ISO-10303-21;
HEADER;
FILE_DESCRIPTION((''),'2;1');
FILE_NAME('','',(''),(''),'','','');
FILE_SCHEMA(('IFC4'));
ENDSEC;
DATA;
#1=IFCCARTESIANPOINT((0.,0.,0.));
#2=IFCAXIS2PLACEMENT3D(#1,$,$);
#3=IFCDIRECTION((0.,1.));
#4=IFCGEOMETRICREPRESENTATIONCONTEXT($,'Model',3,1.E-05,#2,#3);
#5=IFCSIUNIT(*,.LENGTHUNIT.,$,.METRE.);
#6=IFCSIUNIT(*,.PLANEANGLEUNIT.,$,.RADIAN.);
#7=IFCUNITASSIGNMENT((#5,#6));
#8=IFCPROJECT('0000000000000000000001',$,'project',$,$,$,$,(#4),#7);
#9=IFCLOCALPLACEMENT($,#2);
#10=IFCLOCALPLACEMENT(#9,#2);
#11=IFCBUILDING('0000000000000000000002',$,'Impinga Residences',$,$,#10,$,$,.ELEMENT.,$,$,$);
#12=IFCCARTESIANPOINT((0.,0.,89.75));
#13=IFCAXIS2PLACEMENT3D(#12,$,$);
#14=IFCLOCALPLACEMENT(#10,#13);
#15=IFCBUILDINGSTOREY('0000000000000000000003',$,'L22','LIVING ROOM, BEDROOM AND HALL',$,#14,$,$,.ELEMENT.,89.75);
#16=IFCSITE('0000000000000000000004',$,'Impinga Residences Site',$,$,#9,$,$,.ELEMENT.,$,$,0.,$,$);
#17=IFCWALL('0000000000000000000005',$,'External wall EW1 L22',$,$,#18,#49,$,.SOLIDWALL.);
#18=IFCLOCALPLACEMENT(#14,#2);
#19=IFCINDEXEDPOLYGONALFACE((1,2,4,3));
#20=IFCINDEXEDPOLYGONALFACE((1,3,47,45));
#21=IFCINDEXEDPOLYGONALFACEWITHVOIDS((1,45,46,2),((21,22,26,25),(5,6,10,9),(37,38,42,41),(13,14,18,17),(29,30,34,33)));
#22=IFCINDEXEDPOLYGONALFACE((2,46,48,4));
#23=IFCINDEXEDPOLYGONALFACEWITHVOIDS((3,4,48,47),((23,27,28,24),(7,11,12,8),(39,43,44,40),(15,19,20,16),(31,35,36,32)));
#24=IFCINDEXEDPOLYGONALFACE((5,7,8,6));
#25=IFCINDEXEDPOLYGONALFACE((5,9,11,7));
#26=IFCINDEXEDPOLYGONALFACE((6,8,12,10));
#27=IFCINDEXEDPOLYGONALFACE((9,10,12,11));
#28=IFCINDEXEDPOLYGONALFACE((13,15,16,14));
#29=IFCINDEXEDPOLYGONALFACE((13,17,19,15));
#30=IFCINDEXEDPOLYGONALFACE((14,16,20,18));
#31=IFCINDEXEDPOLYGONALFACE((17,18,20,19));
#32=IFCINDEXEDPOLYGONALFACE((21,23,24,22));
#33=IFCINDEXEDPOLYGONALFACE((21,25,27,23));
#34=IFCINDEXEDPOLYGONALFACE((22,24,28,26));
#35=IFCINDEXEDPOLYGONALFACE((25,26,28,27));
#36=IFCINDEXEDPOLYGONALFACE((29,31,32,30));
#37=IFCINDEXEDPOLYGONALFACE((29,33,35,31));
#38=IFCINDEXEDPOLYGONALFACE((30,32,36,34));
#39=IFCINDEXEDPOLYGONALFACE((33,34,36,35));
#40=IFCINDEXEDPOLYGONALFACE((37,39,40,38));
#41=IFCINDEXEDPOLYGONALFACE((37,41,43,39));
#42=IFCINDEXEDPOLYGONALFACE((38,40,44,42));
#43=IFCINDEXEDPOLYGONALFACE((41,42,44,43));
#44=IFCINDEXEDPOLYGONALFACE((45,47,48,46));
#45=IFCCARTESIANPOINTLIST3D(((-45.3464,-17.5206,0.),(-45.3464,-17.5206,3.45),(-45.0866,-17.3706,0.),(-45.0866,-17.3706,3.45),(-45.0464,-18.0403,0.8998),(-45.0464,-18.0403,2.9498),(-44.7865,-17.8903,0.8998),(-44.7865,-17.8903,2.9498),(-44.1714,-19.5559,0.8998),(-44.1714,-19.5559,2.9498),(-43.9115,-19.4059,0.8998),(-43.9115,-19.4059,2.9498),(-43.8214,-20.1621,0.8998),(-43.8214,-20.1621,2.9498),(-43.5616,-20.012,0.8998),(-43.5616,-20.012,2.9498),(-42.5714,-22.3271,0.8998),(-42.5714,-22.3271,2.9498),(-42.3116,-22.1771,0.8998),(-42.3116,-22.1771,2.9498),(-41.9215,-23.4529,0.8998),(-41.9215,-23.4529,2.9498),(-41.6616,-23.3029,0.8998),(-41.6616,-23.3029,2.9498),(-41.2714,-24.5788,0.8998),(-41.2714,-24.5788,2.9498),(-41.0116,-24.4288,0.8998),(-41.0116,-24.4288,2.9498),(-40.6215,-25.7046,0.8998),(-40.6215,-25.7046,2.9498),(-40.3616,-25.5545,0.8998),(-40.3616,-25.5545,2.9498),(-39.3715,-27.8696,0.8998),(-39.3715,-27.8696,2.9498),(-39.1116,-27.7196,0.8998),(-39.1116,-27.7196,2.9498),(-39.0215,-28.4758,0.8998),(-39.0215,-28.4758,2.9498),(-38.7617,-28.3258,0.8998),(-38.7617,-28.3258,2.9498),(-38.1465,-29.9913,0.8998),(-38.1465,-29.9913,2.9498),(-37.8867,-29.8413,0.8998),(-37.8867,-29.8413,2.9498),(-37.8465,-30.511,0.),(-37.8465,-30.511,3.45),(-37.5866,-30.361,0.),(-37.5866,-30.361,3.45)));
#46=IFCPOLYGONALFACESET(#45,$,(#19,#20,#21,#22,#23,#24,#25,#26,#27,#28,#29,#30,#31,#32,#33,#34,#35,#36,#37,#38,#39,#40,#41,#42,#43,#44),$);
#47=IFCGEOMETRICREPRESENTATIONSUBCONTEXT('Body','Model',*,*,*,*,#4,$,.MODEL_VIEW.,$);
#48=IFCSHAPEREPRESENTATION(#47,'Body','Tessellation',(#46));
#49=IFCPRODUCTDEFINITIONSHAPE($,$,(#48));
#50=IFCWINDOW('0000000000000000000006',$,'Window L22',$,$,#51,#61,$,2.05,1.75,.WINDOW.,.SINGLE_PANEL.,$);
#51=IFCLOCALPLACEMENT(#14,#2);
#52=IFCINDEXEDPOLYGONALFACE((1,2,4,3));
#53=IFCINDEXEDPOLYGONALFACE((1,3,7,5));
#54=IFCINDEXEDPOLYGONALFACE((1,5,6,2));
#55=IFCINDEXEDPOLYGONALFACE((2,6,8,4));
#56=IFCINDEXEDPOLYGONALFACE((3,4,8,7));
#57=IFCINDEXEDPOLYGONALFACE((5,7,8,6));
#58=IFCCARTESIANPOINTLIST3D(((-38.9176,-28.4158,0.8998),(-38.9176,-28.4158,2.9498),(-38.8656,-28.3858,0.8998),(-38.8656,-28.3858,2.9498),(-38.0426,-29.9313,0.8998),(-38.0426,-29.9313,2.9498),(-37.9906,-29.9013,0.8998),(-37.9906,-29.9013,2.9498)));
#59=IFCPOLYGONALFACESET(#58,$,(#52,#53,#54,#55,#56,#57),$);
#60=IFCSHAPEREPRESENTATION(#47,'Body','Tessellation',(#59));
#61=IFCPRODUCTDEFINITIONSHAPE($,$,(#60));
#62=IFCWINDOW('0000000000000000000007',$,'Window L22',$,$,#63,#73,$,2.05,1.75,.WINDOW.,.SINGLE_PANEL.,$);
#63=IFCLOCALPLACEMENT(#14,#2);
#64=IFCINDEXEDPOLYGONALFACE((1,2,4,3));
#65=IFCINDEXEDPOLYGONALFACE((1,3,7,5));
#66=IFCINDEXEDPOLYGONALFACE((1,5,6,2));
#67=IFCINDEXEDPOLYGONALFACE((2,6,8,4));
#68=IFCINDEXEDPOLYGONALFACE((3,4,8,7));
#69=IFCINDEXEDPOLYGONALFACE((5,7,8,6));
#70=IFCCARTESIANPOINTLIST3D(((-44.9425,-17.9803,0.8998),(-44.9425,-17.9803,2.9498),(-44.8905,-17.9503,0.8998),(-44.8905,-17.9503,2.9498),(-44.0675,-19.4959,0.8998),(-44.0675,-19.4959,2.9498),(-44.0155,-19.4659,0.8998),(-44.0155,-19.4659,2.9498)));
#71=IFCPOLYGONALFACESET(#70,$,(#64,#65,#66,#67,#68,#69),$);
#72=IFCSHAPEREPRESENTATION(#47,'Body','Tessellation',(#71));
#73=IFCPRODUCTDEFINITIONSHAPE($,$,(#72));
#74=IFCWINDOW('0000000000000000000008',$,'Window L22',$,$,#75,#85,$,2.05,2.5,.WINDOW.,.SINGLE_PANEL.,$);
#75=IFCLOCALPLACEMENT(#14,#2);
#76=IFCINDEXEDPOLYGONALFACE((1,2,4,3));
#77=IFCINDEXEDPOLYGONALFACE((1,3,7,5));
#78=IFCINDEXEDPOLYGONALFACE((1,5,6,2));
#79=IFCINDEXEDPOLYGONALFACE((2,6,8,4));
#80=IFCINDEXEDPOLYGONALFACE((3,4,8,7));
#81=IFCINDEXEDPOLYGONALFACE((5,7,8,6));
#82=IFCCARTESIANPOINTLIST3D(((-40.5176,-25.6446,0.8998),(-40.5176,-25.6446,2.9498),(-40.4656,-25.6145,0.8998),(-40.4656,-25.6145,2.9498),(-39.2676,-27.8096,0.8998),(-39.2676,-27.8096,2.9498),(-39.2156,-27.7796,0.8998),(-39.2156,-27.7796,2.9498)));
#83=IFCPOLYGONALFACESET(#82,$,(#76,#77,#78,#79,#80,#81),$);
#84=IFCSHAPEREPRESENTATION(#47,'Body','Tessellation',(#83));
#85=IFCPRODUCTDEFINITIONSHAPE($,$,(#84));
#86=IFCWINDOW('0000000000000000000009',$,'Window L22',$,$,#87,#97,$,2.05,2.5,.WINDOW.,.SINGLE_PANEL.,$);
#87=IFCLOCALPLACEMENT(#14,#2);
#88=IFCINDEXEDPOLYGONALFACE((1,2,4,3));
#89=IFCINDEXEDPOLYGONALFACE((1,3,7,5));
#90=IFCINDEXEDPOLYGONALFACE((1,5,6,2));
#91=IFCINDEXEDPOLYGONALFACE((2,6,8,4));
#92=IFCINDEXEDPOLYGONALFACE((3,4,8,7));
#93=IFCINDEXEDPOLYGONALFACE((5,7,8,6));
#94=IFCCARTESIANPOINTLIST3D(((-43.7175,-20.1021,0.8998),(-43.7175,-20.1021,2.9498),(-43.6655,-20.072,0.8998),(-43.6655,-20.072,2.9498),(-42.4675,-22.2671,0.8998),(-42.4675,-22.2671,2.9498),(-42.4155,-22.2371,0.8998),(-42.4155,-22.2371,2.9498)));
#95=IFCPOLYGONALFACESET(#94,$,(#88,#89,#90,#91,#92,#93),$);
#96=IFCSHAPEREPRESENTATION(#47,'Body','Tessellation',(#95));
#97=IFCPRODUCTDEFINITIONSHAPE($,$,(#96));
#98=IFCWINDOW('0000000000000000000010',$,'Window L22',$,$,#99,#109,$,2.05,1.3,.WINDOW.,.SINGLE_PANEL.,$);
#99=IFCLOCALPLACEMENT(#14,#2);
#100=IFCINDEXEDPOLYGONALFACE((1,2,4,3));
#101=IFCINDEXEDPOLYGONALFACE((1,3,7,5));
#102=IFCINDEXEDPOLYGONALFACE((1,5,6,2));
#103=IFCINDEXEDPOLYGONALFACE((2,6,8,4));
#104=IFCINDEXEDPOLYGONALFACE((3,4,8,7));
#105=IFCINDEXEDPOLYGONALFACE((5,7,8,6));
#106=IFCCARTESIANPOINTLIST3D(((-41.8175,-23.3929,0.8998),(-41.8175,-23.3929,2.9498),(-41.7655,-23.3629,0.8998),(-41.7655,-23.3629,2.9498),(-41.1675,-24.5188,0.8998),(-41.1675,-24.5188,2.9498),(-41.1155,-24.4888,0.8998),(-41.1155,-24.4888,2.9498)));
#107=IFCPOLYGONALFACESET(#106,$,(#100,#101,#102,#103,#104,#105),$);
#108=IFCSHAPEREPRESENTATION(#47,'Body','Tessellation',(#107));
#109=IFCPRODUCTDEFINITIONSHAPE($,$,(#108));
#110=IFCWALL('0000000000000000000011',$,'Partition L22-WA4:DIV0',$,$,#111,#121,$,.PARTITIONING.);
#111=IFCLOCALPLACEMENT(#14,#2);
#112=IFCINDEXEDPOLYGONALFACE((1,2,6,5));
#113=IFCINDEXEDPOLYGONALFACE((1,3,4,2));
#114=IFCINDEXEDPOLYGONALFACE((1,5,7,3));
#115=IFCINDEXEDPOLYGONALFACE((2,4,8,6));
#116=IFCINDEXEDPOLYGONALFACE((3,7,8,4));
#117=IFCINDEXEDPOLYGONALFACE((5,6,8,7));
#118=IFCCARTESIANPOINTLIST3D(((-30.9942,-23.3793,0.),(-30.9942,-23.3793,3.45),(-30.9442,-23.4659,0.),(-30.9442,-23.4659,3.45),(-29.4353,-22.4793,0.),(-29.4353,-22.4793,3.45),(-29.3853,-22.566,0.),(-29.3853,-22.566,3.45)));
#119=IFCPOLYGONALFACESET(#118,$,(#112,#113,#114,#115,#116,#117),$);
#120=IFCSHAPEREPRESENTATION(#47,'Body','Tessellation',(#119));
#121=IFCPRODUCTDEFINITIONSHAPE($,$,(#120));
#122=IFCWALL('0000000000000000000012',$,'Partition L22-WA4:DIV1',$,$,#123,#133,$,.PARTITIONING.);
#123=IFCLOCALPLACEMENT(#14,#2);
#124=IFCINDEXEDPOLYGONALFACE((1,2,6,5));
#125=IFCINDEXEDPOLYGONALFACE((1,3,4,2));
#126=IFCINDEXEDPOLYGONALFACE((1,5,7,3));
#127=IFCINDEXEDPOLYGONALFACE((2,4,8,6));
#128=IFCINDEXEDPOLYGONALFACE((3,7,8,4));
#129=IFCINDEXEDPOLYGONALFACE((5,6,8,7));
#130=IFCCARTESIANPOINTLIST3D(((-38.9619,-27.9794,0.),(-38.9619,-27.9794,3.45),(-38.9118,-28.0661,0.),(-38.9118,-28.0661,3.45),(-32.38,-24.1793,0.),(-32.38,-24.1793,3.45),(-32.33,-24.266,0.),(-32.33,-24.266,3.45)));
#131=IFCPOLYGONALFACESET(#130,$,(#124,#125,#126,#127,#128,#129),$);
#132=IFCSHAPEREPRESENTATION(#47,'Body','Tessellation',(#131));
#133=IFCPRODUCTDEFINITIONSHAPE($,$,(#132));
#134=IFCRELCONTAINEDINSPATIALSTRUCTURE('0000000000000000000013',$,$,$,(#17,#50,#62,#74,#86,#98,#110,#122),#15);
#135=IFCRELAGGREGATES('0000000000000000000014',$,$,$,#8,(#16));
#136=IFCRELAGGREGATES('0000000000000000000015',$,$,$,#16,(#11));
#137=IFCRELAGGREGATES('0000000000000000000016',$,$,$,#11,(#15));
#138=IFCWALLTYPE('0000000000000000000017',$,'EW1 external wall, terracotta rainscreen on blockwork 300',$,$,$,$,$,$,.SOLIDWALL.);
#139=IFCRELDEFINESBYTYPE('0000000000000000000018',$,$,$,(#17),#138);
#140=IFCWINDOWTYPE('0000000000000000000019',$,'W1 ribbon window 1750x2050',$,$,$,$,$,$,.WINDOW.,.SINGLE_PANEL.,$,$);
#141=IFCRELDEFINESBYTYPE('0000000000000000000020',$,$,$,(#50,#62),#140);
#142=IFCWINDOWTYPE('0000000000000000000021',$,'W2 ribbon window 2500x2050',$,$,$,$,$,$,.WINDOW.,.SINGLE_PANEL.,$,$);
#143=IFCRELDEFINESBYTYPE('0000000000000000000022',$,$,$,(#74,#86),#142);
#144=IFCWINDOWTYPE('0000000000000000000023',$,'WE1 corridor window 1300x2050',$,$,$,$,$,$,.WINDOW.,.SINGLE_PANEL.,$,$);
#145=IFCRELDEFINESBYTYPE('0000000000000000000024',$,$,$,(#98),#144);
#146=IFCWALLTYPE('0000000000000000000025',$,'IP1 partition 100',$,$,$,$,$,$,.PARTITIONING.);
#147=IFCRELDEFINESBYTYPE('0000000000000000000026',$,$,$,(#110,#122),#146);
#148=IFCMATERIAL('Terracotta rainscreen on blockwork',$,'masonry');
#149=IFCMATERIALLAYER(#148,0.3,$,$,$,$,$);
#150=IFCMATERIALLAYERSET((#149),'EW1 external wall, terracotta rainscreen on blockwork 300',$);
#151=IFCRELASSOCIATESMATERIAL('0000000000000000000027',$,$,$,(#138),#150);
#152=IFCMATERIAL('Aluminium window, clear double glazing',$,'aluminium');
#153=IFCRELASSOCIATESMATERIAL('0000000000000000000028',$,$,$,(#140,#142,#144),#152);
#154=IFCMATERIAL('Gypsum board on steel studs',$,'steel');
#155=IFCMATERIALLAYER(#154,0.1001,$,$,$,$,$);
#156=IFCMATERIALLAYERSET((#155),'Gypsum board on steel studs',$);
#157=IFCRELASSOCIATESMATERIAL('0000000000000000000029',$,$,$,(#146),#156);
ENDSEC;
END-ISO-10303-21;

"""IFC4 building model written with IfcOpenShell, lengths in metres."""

from ifc_helpers import new_model, si_unit, direction, frame, frame_2d, origin, place, context, subcontext, project, spatial, rectangle, extrude, material, layer, layer_set, type_object, element, fill, save


model = new_model("IFC4")

# Units and contexts
model_context = context("Model", 3, precision=1e-05, world=origin(), true_north=direction((0.0, 1.0)))
body_context = subcontext(model_context, "Body", "Model", "MODEL_VIEW")
ifc_project = project(units=[si_unit("LENGTHUNIT", "METRE"), si_unit("PLANEANGLEUNIT", "RADIAN")], contexts=[model_context])

# Site, building, storey
site_placement = place(None, origin())
site = spatial("IfcSite", under=ifc_project, at=site_placement, Name="Impinga Residences Site", CompositionType="ELEMENT", RefElevation=0.0)
building_placement = place(site_placement, origin())
building = spatial("IfcBuilding", under=site, at=building_placement, Name="Impinga Residences", CompositionType="ELEMENT")
storey_placement = place(building_placement, frame((0.0, 0.0, 89.75)))
storey = spatial("IfcBuildingStorey", under=building, at=storey_placement, Name="L22", Description="LIVING ROOM, BEDROOM AND HALL", CompositionType="ELEMENT", Elevation=89.75)

# Shared definitions
ifc_material_1 = material(Name="Terracotta rainscreen on blockwork", Category="masonry")
ifc_layer_1 = layer(ifc_material_1, 0.3)
ifc_layer_set_1 = layer_set([ifc_layer_1], Name="EW1 external wall, terracotta rainscreen on blockwork 300")
wall_type_1 = type_object("IfcWallType", Name="EW1 external wall, terracotta rainscreen on blockwork 300", PredefinedType="SOLIDWALL", material=ifc_layer_set_1)

# Wall, openings, windows
wall_1_placement = place(storey_placement, frame((-37.7166, -30.436, 0.0), z_axis=(0.0, 0.0, 1.0), x_axis=(-0.499997, 0.866027, 0.0)))
wall_1 = element("IfcWall", 1, at=wall_1_placement, inside=storey, type_object=wall_type_1, Name="External wall EW1 L22", PredefinedType="SOLIDWALL", context=body_context, shape_type="SweptSolid", body=[
    extrude(rectangle(XDim=15.0, YDim=0.3, at=frame_2d((7.5, 0.0))), origin(), (0.0, 0.0, 1.0), 3.45),
])
opening_1_placement = place(wall_1_placement, frame((0.6001, 0.0, 0.8999)))
opening_1 = element("IfcOpeningElement", 2, at=opening_1_placement, cuts=wall_1, PredefinedType="OPENING", context=body_context, shape_type="SweptSolid", body=[
    extrude(rectangle(XDim=1.75, YDim=2.05, at=frame_2d((0.875, 1.0249))), frame((0.0, 0.1599, 0.0), z_axis=(0.0, -1.0, 0.0), x_axis=(1.0, 0.0, 0.0)), (0.0, 0.0, 1.0), 0.3201),
])
opening_2_placement = place(wall_1_placement, frame((3.05, 0.0, 0.8999)))
opening_2 = element("IfcOpeningElement", 3, at=opening_2_placement, cuts=wall_1, PredefinedType="OPENING", context=body_context, shape_type="SweptSolid", body=[
    extrude(rectangle(XDim=2.5, YDim=2.05, at=frame_2d((1.25, 1.0249))), frame((0.0, 0.1599, 0.0), z_axis=(0.0, -1.0, 0.0), x_axis=(1.0, 0.0, 0.0)), (0.0, 0.0, 1.0), 0.3201),
])
opening_3_placement = place(wall_1_placement, frame((6.8501, 0.0, 0.8999)))
opening_3 = element("IfcOpeningElement", 4, at=opening_3_placement, cuts=wall_1, PredefinedType="OPENING", context=body_context, shape_type="SweptSolid", body=[
    extrude(rectangle(XDim=1.3, YDim=2.05, at=frame_2d((0.6499, 1.0249))), frame((0.0, 0.1599, 0.0), z_axis=(0.0, -1.0, 0.0), x_axis=(1.0, 0.0, 0.0)), (0.0, 0.0, 1.0), 0.3201),
])
opening_4_placement = place(wall_1_placement, frame((9.45, 0.0, 0.8999)))
opening_4 = element("IfcOpeningElement", 5, at=opening_4_placement, cuts=wall_1, PredefinedType="OPENING", context=body_context, shape_type="SweptSolid", body=[
    extrude(rectangle(XDim=2.5, YDim=2.05, at=frame_2d((1.25, 1.0249))), frame((0.0, 0.1599, 0.0), z_axis=(0.0, -1.0, 0.0), x_axis=(1.0, 0.0, 0.0)), (0.0, 0.0, 1.0), 0.3201),
])
opening_5_placement = place(wall_1_placement, frame((12.6499, 0.0, 0.8999)))
opening_5 = element("IfcOpeningElement", 6, at=opening_5_placement, cuts=wall_1, PredefinedType="OPENING", context=body_context, shape_type="SweptSolid", body=[
    extrude(rectangle(XDim=1.75, YDim=2.05, at=frame_2d((0.875, 1.0249))), frame((0.0, 0.1599, 0.0), z_axis=(0.0, -1.0, 0.0), x_axis=(1.0, 0.0, 0.0)), (0.0, 0.0, 1.0), 0.3201),
])
ifc_material_2 = material(Name="Aluminium window, clear double glazing", Category="aluminium")
window_type_1 = type_object("IfcWindowType", Name="W1 ribbon window 1750x2050", PartitioningType="SINGLE_PANEL", PredefinedType="WINDOW", material=ifc_material_2)
window_1_placement = place(opening_1_placement, origin())
window_1 = element("IfcWindow", 7, at=window_1_placement, inside=storey, type_object=window_type_1, Name="Window L22", OverallHeight=2.05, OverallWidth=1.75, PartitioningType="SINGLE_PANEL", PredefinedType="WINDOW", context=body_context, shape_type="SweptSolid", body=[
    extrude(rectangle(XDim=1.75, YDim=2.05, at=frame_2d((0.875, 1.0249))), frame((0.0, 0.03, 0.0), z_axis=(0.0, -1.0, 0.0), x_axis=(1.0, 0.0, 0.0)), (0.0, 0.0, 1.0), 0.0601),
])
fill(opening_1, window_1)
window_2_placement = place(opening_5_placement, origin())
window_2 = element("IfcWindow", 8, at=window_2_placement, inside=storey, type_object=window_type_1, Name="Window L22", OverallHeight=2.05, OverallWidth=1.75, PartitioningType="SINGLE_PANEL", PredefinedType="WINDOW", context=body_context, shape_type="SweptSolid", body=[
    extrude(rectangle(XDim=1.75, YDim=2.05, at=frame_2d((0.875, 1.0249))), frame((0.0, 0.03, 0.0), z_axis=(0.0, -1.0, 0.0), x_axis=(1.0, 0.0, 0.0)), (0.0, 0.0, 1.0), 0.0601),
])
fill(opening_5, window_2)
window_type_2 = type_object("IfcWindowType", Name="W2 ribbon window 2500x2050", PartitioningType="SINGLE_PANEL", PredefinedType="WINDOW", material=ifc_material_2)
window_3_placement = place(opening_2_placement, origin())
window_3 = element("IfcWindow", 9, at=window_3_placement, inside=storey, type_object=window_type_2, Name="Window L22", OverallHeight=2.05, OverallWidth=2.5, PartitioningType="SINGLE_PANEL", PredefinedType="WINDOW", context=body_context, shape_type="SweptSolid", body=[
    extrude(rectangle(XDim=2.5, YDim=2.05, at=frame_2d((1.25, 1.0249))), frame((0.0, 0.03, 0.0), z_axis=(0.0, -1.0, 0.0), x_axis=(1.0, 0.0, 0.0)), (0.0, 0.0, 1.0), 0.0601),
])
fill(opening_2, window_3)
window_4_placement = place(opening_4_placement, origin())
window_4 = element("IfcWindow", 10, at=window_4_placement, inside=storey, type_object=window_type_2, Name="Window L22", OverallHeight=2.05, OverallWidth=2.5, PartitioningType="SINGLE_PANEL", PredefinedType="WINDOW", context=body_context, shape_type="SweptSolid", body=[
    extrude(rectangle(XDim=2.5, YDim=2.05, at=frame_2d((1.25, 1.0249))), frame((0.0, 0.03, 0.0), z_axis=(0.0, -1.0, 0.0), x_axis=(1.0, 0.0, 0.0)), (0.0, 0.0, 1.0), 0.0601),
])
fill(opening_4, window_4)
window_type_3 = type_object("IfcWindowType", Name="WE1 corridor window 1300x2050", PartitioningType="SINGLE_PANEL", PredefinedType="WINDOW", material=ifc_material_2)
window_5_placement = place(opening_3_placement, origin())
window_5 = element("IfcWindow", 11, at=window_5_placement, inside=storey, type_object=window_type_3, Name="Window L22", OverallHeight=2.05, OverallWidth=1.3, PartitioningType="SINGLE_PANEL", PredefinedType="WINDOW", context=body_context, shape_type="SweptSolid", body=[
    extrude(rectangle(XDim=1.3, YDim=2.05, at=frame_2d((0.6499, 1.0249))), frame((0.0, 0.03, 0.0), z_axis=(0.0, -1.0, 0.0), x_axis=(1.0, 0.0, 0.0)), (0.0, 0.0, 1.0), 0.0601),
])
fill(opening_3, window_5)

# Walls
ifc_material_3 = material(Name="Gypsum board on steel studs", Category="steel")
ifc_layer_2 = layer(ifc_material_3, 0.1001)
ifc_layer_set_2 = layer_set([ifc_layer_2], Name="Gypsum board on steel studs")
wall_type_2 = type_object("IfcWallType", Name="IP1 partition 100", PredefinedType="PARTITIONING", material=ifc_layer_set_2)
wall_2_placement = place(storey_placement, frame((-29.4104, -22.5227, 0.0), z_axis=(0.0, 0.0, 1.0), x_axis=(-0.866048, -0.499961, 0.0)))
element("IfcWall", 12, at=wall_2_placement, inside=storey, type_object=wall_type_2, Name="Partition L22-WA4:DIV0", PredefinedType="PARTITIONING", context=body_context, shape_type="SweptSolid", body=[
    extrude(rectangle(XDim=1.8, YDim=0.1001, at=frame_2d((0.8999, 0.0))), origin(), (0.0, 0.0, 1.0), 3.45),
])
wall_3_placement = place(storey_placement, frame((-32.355, -24.2227, 0.0), z_axis=(0.0, 0.0, 1.0), x_axis=(-0.866022, -0.500005, 0.0)))
element("IfcWall", 13, at=wall_3_placement, inside=storey, type_object=wall_type_2, Name="Partition L22-WA4:DIV1", PredefinedType="PARTITIONING", context=body_context, shape_type="SweptSolid", body=[
    extrude(rectangle(XDim=7.6001, YDim=0.1001, at=frame_2d((3.8, 0.0))), origin(), (0.0, 0.0, 1.0), 3.45),
])

save(model, "model.ifc")
